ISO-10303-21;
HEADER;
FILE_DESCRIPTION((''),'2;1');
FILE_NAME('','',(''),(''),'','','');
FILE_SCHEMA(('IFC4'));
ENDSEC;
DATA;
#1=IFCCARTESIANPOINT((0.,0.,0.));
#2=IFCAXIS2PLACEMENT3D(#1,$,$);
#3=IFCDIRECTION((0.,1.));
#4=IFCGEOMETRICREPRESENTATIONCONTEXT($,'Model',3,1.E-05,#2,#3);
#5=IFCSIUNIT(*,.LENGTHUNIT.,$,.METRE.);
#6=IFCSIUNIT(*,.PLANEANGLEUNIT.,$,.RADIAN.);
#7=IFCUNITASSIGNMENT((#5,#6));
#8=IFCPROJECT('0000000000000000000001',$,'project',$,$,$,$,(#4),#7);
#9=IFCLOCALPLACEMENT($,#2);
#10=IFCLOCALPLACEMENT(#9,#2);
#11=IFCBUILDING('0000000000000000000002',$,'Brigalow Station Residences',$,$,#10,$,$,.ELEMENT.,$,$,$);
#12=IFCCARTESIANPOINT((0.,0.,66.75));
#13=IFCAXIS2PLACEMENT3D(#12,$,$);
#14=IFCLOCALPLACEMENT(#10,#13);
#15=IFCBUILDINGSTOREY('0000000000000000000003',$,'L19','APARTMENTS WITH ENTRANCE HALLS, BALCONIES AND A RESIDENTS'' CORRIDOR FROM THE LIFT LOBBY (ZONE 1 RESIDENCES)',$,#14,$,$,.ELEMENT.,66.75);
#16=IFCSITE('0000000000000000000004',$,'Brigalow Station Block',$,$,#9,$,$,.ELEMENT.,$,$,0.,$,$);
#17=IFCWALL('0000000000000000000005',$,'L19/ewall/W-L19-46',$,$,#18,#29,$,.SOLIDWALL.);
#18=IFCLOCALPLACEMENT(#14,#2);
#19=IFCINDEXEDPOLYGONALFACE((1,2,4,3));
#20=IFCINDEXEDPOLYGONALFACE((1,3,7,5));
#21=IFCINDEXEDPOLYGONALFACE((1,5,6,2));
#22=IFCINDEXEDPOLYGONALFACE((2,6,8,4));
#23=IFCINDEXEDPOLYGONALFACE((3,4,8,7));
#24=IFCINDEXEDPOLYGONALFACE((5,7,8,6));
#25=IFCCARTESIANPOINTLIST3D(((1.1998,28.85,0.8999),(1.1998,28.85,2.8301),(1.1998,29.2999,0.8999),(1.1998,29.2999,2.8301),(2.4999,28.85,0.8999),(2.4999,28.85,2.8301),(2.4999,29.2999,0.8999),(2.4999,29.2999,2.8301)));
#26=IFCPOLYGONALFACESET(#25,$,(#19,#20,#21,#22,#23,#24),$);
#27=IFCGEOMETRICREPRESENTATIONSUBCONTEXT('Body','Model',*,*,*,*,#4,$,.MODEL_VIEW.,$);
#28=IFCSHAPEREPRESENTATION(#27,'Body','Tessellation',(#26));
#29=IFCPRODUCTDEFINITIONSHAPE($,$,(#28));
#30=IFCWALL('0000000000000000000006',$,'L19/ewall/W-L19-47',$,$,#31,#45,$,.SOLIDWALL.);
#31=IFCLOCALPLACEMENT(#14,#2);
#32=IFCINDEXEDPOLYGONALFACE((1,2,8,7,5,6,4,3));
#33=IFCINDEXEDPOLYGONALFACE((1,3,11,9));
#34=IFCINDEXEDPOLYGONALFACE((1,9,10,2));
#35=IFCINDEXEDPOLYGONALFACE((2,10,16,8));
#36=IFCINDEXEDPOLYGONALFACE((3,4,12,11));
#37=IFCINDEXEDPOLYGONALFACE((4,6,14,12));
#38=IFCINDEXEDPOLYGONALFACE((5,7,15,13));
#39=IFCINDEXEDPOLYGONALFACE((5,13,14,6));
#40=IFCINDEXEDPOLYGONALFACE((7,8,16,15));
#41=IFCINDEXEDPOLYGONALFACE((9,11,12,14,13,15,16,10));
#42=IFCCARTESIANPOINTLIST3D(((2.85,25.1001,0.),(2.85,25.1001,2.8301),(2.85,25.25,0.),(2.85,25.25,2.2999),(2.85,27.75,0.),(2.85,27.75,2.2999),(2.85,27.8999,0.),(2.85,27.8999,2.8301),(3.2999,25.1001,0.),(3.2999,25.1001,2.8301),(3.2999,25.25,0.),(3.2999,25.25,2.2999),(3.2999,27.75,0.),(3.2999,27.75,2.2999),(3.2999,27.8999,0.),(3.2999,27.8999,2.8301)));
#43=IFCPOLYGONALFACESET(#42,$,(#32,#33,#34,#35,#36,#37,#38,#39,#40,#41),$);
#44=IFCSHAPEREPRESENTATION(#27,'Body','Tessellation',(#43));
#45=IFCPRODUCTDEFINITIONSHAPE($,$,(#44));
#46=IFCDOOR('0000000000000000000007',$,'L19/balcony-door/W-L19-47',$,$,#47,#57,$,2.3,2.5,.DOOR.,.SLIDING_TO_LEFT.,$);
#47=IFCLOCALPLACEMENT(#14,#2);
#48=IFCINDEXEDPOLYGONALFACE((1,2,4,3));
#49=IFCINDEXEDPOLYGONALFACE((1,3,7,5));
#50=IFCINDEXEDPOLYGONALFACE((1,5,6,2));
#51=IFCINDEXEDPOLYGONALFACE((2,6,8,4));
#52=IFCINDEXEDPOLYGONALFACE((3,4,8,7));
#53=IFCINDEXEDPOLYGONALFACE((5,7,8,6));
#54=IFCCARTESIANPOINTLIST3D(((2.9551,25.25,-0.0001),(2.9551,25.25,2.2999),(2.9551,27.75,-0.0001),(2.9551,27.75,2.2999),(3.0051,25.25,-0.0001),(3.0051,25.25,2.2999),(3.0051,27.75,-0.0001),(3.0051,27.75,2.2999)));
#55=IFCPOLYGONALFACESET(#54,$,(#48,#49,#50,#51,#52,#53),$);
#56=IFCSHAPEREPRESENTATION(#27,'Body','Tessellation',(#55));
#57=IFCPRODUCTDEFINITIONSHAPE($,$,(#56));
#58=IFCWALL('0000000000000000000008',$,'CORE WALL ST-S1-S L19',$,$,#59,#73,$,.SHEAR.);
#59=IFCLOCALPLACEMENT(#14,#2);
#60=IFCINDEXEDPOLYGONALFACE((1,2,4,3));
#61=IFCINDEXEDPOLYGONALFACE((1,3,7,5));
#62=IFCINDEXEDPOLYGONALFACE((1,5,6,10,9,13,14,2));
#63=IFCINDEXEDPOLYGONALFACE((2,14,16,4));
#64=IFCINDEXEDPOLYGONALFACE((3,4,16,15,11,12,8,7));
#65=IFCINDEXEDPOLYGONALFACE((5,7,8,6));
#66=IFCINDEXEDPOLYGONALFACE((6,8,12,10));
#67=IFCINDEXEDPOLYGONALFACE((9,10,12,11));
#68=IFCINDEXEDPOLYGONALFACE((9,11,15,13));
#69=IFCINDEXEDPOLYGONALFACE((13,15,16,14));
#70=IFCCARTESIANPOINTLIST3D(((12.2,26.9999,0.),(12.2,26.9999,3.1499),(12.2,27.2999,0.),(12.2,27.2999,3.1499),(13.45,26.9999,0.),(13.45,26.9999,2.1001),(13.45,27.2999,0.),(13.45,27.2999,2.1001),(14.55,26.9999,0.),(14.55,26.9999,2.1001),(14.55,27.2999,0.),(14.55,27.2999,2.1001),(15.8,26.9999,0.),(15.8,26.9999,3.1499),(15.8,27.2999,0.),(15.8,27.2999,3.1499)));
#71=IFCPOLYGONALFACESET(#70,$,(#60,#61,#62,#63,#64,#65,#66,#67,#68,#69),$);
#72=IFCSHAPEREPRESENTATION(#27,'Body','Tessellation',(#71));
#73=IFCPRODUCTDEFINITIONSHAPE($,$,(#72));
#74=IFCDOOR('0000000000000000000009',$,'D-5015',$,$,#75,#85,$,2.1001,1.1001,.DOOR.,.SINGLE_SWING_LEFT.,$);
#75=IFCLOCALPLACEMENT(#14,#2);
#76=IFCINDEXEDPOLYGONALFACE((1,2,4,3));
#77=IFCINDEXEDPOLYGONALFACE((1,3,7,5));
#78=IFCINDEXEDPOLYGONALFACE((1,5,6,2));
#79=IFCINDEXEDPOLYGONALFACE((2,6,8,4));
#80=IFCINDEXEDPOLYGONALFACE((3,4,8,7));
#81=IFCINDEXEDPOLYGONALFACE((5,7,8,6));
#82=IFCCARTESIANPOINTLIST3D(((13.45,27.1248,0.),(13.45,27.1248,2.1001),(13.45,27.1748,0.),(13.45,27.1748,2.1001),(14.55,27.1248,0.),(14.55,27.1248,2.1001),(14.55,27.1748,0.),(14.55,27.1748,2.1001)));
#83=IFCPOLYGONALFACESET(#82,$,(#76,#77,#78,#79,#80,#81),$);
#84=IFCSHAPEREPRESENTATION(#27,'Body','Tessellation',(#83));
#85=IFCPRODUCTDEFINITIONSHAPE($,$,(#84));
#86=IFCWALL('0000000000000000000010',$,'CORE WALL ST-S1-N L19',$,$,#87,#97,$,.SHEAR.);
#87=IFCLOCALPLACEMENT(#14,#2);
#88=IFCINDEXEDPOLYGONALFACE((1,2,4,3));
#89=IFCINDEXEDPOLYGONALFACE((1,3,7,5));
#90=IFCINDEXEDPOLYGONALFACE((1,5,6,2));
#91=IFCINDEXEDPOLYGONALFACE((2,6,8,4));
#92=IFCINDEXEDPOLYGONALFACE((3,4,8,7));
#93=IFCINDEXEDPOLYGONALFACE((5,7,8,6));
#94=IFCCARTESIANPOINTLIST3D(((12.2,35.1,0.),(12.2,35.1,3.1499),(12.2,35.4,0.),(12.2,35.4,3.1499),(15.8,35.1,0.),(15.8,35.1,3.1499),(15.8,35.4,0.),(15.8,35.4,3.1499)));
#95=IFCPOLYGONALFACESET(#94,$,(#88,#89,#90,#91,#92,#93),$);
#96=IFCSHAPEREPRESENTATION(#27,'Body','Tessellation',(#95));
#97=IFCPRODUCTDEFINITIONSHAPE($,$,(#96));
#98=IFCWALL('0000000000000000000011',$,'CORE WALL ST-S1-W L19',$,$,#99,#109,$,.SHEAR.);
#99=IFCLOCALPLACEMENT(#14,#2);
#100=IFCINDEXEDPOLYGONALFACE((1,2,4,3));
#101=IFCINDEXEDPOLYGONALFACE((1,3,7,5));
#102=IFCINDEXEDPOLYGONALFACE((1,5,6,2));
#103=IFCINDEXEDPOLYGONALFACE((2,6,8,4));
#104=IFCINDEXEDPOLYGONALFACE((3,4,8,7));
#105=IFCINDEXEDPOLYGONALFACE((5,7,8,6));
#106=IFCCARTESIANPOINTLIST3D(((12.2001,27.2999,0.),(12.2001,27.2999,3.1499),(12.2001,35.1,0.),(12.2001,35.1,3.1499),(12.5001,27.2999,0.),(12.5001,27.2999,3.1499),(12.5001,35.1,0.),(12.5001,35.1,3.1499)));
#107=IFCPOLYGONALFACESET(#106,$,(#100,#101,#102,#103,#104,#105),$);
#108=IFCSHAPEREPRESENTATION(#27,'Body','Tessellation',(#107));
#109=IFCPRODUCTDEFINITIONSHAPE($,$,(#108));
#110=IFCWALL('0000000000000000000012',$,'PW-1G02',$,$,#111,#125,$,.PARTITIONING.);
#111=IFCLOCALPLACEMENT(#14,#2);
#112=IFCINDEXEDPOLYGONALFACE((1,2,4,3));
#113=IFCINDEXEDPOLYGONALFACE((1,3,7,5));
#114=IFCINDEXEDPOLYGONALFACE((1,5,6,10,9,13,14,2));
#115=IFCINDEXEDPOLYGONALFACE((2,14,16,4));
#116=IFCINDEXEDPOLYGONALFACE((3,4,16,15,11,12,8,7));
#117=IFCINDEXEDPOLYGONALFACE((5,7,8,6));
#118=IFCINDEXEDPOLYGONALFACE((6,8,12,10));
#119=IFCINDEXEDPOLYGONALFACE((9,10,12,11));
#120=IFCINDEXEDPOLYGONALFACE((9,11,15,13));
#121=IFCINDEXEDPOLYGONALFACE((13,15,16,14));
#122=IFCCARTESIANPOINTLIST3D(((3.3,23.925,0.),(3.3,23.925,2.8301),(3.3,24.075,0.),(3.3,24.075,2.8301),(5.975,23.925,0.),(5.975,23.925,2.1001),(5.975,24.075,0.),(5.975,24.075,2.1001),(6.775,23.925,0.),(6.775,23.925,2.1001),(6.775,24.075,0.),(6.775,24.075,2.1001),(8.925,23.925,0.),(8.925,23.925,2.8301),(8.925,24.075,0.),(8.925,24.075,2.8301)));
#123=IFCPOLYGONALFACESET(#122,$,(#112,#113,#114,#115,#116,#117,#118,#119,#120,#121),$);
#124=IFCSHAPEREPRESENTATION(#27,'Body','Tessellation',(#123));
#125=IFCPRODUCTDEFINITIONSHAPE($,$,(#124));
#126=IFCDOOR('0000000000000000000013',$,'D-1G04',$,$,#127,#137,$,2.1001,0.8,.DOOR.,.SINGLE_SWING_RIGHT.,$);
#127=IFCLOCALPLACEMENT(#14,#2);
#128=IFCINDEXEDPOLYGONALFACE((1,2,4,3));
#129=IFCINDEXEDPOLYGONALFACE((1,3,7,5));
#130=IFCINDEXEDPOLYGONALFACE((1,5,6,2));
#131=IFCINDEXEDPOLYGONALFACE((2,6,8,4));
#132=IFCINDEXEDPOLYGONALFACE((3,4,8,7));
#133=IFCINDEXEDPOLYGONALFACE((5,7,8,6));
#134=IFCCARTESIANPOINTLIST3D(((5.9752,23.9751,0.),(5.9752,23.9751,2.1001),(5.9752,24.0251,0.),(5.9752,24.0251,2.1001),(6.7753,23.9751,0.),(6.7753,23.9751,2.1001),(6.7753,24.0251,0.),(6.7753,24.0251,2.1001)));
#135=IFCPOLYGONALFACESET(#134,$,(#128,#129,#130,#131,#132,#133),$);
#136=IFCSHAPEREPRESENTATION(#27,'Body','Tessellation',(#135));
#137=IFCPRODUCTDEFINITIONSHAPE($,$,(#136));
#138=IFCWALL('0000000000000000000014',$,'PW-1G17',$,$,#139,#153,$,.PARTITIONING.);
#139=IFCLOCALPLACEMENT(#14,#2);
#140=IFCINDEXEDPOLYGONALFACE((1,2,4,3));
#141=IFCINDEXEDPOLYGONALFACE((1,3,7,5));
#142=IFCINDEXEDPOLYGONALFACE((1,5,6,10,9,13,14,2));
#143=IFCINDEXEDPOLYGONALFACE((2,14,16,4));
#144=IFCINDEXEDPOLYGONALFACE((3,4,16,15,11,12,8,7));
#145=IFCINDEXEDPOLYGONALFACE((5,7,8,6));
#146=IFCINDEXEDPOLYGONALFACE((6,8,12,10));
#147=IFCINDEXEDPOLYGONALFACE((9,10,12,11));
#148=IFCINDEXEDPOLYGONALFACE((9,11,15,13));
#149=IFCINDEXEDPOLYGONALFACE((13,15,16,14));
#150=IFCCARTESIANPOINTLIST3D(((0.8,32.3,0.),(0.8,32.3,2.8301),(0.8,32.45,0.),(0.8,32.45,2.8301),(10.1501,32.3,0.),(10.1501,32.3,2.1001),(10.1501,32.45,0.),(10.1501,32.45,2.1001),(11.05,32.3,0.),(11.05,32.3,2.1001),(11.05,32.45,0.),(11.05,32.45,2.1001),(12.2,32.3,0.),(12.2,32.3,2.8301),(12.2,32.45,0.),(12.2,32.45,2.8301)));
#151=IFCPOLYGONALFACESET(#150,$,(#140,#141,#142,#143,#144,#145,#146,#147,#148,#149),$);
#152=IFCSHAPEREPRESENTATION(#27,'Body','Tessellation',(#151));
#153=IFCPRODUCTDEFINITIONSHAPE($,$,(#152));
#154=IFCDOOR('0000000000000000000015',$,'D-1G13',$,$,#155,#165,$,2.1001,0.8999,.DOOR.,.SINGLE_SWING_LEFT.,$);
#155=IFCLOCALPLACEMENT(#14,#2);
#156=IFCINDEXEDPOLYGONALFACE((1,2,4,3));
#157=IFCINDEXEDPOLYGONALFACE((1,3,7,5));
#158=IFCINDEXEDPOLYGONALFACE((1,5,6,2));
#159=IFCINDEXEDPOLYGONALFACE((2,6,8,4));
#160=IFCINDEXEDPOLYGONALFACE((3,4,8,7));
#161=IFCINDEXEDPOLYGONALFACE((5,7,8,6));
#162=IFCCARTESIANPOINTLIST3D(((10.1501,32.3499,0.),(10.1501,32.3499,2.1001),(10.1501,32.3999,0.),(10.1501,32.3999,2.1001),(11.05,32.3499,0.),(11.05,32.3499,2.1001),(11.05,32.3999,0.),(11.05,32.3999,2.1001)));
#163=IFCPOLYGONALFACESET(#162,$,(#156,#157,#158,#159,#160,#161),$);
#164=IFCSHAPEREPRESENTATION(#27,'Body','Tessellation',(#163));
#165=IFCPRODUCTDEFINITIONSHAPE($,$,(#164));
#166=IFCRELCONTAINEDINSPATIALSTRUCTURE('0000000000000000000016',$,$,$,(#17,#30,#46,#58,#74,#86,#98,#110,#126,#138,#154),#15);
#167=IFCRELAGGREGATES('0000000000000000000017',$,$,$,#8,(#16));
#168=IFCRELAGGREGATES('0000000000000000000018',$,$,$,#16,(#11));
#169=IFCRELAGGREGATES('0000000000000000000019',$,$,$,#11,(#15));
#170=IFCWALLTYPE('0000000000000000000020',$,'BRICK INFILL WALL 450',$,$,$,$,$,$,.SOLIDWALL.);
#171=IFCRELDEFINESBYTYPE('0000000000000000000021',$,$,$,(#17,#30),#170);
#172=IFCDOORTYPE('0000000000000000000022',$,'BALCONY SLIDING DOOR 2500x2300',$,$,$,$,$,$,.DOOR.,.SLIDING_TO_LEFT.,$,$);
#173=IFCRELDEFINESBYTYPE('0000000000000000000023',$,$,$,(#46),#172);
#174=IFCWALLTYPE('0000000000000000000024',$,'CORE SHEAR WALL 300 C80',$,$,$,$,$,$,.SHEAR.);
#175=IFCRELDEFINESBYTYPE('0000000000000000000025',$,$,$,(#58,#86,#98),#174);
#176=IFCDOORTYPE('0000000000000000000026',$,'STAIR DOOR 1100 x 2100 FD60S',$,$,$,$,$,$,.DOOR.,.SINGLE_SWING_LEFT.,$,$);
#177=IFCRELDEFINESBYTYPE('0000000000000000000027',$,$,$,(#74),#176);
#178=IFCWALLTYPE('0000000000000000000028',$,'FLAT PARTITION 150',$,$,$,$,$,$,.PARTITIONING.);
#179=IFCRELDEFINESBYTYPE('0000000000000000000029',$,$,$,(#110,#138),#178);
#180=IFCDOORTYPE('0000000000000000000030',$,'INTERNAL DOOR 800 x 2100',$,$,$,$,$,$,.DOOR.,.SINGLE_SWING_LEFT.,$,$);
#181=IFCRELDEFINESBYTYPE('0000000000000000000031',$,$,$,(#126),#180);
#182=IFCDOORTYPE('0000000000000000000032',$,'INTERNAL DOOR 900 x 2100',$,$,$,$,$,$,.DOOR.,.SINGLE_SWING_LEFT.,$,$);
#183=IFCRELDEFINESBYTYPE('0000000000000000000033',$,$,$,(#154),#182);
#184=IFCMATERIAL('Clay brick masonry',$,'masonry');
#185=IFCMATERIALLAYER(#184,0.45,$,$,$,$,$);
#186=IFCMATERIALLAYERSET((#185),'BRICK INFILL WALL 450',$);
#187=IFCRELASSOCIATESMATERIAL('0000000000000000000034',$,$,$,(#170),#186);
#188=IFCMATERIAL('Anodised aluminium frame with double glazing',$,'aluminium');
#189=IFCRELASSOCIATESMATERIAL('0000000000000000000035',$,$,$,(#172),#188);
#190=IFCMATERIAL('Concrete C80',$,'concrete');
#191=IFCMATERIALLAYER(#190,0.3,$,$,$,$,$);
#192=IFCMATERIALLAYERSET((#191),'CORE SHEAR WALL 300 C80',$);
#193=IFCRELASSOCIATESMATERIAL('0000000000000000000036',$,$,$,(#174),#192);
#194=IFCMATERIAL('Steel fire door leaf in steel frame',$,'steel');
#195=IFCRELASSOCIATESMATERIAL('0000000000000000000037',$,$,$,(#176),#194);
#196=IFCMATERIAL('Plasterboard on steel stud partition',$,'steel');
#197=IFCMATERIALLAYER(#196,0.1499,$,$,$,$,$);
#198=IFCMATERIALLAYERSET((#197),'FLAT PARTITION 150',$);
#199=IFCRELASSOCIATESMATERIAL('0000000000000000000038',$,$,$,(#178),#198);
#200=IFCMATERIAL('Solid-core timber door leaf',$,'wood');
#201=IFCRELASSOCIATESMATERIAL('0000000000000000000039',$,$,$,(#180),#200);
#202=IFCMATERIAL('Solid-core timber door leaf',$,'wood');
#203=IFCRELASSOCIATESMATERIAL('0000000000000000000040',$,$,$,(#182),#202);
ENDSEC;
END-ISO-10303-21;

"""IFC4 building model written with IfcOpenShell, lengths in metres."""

from ifc_helpers import new_model, si_unit, direction, frame, frame_2d, origin, place, context, subcontext, project, spatial, rectangle, extrude, material, layer, layer_set, type_object, element, fill, save


model = new_model("IFC4")

# Units and contexts
model_context = context("Model", 3, precision=1e-05, world=origin(), true_north=direction((0.0, 1.0)))
body_context = subcontext(model_context, "Body", "Model", "MODEL_VIEW")
ifc_project = project(units=[si_unit("LENGTHUNIT", "METRE"), si_unit("PLANEANGLEUNIT", "RADIAN")], contexts=[model_context])

# Site, building, storey
site_placement = place(None, origin())
site = spatial("IfcSite", under=ifc_project, at=site_placement, Name="Brigalow Station Block", CompositionType="ELEMENT", RefElevation=0.0)
building_placement = place(site_placement, origin())
building = spatial("IfcBuilding", under=site, at=building_placement, Name="Brigalow Station Residences", CompositionType="ELEMENT")
storey_placement = place(building_placement, frame((0.0, 0.0, 66.75)))
storey = spatial("IfcBuildingStorey", under=building, at=storey_placement, Name="L19", Description="APARTMENTS WITH ENTRANCE HALLS, BALCONIES AND A RESIDENTS' CORRIDOR FROM THE LIFT LOBBY (ZONE 1 RESIDENCES)", CompositionType="ELEMENT", Elevation=66.75)

# Shared definitions
ifc_material_1 = material(Name="Clay brick masonry", Category="masonry")
ifc_layer_1 = layer(ifc_material_1, 0.45)
ifc_layer_set_1 = layer_set([ifc_layer_1], Name="BRICK INFILL WALL 450")
wall_type_1 = type_object("IfcWallType", Name="BRICK INFILL WALL 450", PredefinedType="SOLIDWALL", material=ifc_layer_set_1)

# Wall
wall_1_placement = place(storey_placement, frame((1.2, 29.075, 0.8999), z_axis=(0.0, 0.0, 1.0), x_axis=(1.0, 0.0, 0.0)))
element("IfcWall", 1, at=wall_1_placement, inside=storey, type_object=wall_type_1, Name="L19/ewall/W-L19-46", PredefinedType="SOLIDWALL", context=body_context, shape_type="SweptSolid", body=[
    extrude(rectangle(XDim=1.3, YDim=0.45, at=frame_2d((0.6499, 0.0))), origin(), (0.0, 0.0, 1.0), 1.9302),
])

# Walls, openings, doors
wall_2_placement = place(storey_placement, frame((3.075, 27.8999, 0.0), z_axis=(0.0, 0.0, 1.0), x_axis=(0.0, -1.0, 0.0)))
wall_2 = element("IfcWall", 2, at=wall_2_placement, inside=storey, type_object=wall_type_1, Name="L19/ewall/W-L19-47", PredefinedType="SOLIDWALL", context=body_context, shape_type="SweptSolid", body=[
    extrude(rectangle(XDim=2.7998, YDim=0.45, at=frame_2d((1.3999, 0.0))), origin(), (0.0, 0.0, 1.0), 2.8301),
])
opening_1_placement = place(wall_2_placement, frame((0.1499, 0.0, 0.0)))
opening_1 = element("IfcOpeningElement", 3, at=opening_1_placement, cuts=wall_2, PredefinedType="OPENING", context=body_context, shape_type="SweptSolid", body=[
    extrude(rectangle(XDim=2.5, YDim=2.3, at=frame_2d((1.25, 1.1499))), frame((0.0, 0.2349, 0.0), z_axis=(0.0, -1.0, 0.0), x_axis=(1.0, 0.0, 0.0)), (0.0, 0.0, 1.0), 0.47),
])
ifc_material_2 = material(Name="Anodised aluminium frame with double glazing", Category="aluminium")
door_type_1 = type_object("IfcDoorType", Name="BALCONY SLIDING DOOR 2500x2300", OperationType="SLIDING_TO_LEFT", PredefinedType="DOOR", material=ifc_material_2)
door_1_placement = place(opening_1_placement, origin())
door_1 = element("IfcDoor", 4, at=door_1_placement, inside=storey, type_object=door_type_1, Name="L19/balcony-door/W-L19-47", OperationType="SLIDING_TO_LEFT", OverallHeight=2.3, OverallWidth=2.5, PredefinedType="DOOR", context=body_context, shape_type="SweptSolid", body=[
    extrude(rectangle(XDim=2.5, YDim=2.3, at=frame_2d((1.25, 1.1499))), frame((0.0, -0.0698, 0.0), z_axis=(0.0, -1.0, 0.0), x_axis=(1.0, 0.0, 0.0)), (0.0, 0.0, 1.0), 0.05),
])
fill(opening_1, door_1)
ifc_material_3 = material(Name="Concrete C80", Category="concrete")
ifc_layer_2 = layer(ifc_material_3, 0.3)
ifc_layer_set_2 = layer_set([ifc_layer_2], Name="CORE SHEAR WALL 300 C80")
wall_type_2 = type_object("IfcWallType", Name="CORE SHEAR WALL 300 C80", PredefinedType="SHEAR", material=ifc_layer_set_2)
wall_3_placement = place(storey_placement, frame((12.2, 27.1499, 0.0), z_axis=(0.0, 0.0, 1.0), x_axis=(1.0, 0.0, 0.0)))
wall_3 = element("IfcWall", 5, at=wall_3_placement, inside=storey, type_object=wall_type_2, Name="CORE WALL ST-S1-S L19", PredefinedType="SHEAR", context=body_context, shape_type="SweptSolid", body=[
    extrude(rectangle(XDim=3.6001, YDim=0.3, at=frame_2d((1.8, 0.0))), origin(), (0.0, 0.0, 1.0), 3.1499),
])
opening_2_placement = place(wall_3_placement, frame((1.25, 0.0, 0.0)))
opening_2 = element("IfcOpeningElement", 6, at=opening_2_placement, cuts=wall_3, PredefinedType="OPENING", context=body_context, shape_type="SweptSolid", body=[
    extrude(rectangle(XDim=1.1001, YDim=2.1001, at=frame_2d((0.55, 1.05))), frame((0.0, 0.1602, 0.0), z_axis=(0.0, -1.0, 0.0), x_axis=(1.0, 0.0, 0.0)), (0.0, 0.0, 1.0), 0.3201),
])
ifc_material_4 = material(Name="Steel fire door leaf in steel frame", Category="steel")
door_type_2 = type_object("IfcDoorType", Name="STAIR DOOR 1100 x 2100 FD60S", OperationType="SINGLE_SWING_LEFT", PredefinedType="DOOR", material=ifc_material_4)
door_2_placement = place(opening_2_placement, origin())
door_2 = element("IfcDoor", 7, at=door_2_placement, inside=storey, type_object=door_type_2, Name="D-5015", OperationType="SINGLE_SWING_LEFT", OverallHeight=2.1001, OverallWidth=1.1001, PredefinedType="DOOR", context=body_context, shape_type="SweptSolid", body=[
    extrude(rectangle(XDim=1.1001, YDim=2.1001, at=frame_2d((0.55, 1.05))), frame((0.0, 0.0249, 0.0), z_axis=(0.0, -1.0, 0.0), x_axis=(1.0, 0.0, 0.0)), (0.0, 0.0, 1.0), 0.05),
])
fill(opening_2, door_2)

# Walls
wall_4_placement = place(storey_placement, frame((12.2, 35.25, 0.0), z_axis=(0.0, 0.0, 1.0), x_axis=(1.0, 0.0, 0.0)))
element("IfcWall", 8, at=wall_4_placement, inside=storey, type_object=wall_type_2, Name="CORE WALL ST-S1-N L19", PredefinedType="SHEAR", context=body_context, shape_type="SweptSolid", body=[
    extrude(rectangle(XDim=3.6001, YDim=0.3, at=frame_2d((1.8, 0.0))), origin(), (0.0, 0.0, 1.0), 3.1499),
])
wall_5_placement = place(storey_placement, frame((12.3501, 27.3, 0.0), z_axis=(0.0, 0.0, 1.0), x_axis=(0.0, 1.0, 0.0)))
element("IfcWall", 9, at=wall_5_placement, inside=storey, type_object=wall_type_2, Name="CORE WALL ST-S1-W L19", PredefinedType="SHEAR", context=body_context, shape_type="SweptSolid", body=[
    extrude(rectangle(XDim=7.8, YDim=0.3, at=frame_2d((3.8999, 0.0))), origin(), (0.0, 0.0, 1.0), 3.1499),
])

# Walls, openings, doors
ifc_material_5 = material(Name="Plasterboard on steel stud partition", Category="steel")
ifc_layer_3 = layer(ifc_material_5, 0.1499)
ifc_layer_set_3 = layer_set([ifc_layer_3], Name="FLAT PARTITION 150")
wall_type_3 = type_object("IfcWallType", Name="FLAT PARTITION 150", PredefinedType="PARTITIONING", material=ifc_layer_set_3)
wall_6_placement = place(storey_placement, frame((3.3, 24.0, 0.0), z_axis=(0.0, 0.0, 1.0), x_axis=(1.0, 0.0, 0.0)))
wall_6 = element("IfcWall", 10, at=wall_6_placement, inside=storey, type_object=wall_type_3, Name="PW-1G02", PredefinedType="PARTITIONING", context=body_context, shape_type="SweptSolid", body=[
    extrude(rectangle(XDim=5.625, YDim=0.1499, at=frame_2d((2.8125, 0.0))), origin(), (0.0, 0.0, 1.0), 2.8301),
])
opening_3_placement = place(wall_6_placement, frame((2.675, 0.0, 0.0)))
opening_3 = element("IfcOpeningElement", 11, at=opening_3_placement, cuts=wall_6, PredefinedType="OPENING", context=body_context, shape_type="SweptSolid", body=[
    extrude(rectangle(XDim=0.8, YDim=2.1001, at=frame_2d((0.3999, 1.05))), frame((0.0, 0.085, 0.0), z_axis=(0.0, -1.0, 0.0), x_axis=(1.0, 0.0, 0.0)), (0.0, 0.0, 1.0), 0.1699),
])
ifc_material_6 = material(Name="Solid-core timber door leaf", Category="wood")
door_type_3 = type_object("IfcDoorType", Name="INTERNAL DOOR 800 x 2100", OperationType="SINGLE_SWING_LEFT", PredefinedType="DOOR", material=ifc_material_6)
door_3_placement = place(opening_3_placement, frame((0.8, 0.0, 0.0), z_axis=(0.0, 0.0, 1.0), x_axis=(-1.0, 0.0, 0.0)))
door_3 = element("IfcDoor", 12, at=door_3_placement, inside=storey, type_object=door_type_3, Name="D-1G04", OperationType="SINGLE_SWING_RIGHT", OverallHeight=2.1001, OverallWidth=0.8, PredefinedType="DOOR", context=body_context, shape_type="SweptSolid", body=[
    extrude(rectangle(XDim=0.8, YDim=2.1001, at=frame_2d((0.3999, 1.05))), frame((0.0, 0.0249, 0.0), z_axis=(0.0, -1.0, 0.0), x_axis=(1.0, 0.0, 0.0)), (0.0, 0.0, 1.0), 0.05),
])
fill(opening_3, door_3)
wall_7_placement = place(storey_placement, frame((0.8, 32.375, 0.0), z_axis=(0.0, 0.0, 1.0), x_axis=(1.0, 0.0, 0.0)))
wall_7 = element("IfcWall", 13, at=wall_7_placement, inside=storey, type_object=wall_type_3, Name="PW-1G17", PredefinedType="PARTITIONING", context=body_context, shape_type="SweptSolid", body=[
    extrude(rectangle(XDim=11.3999, YDim=0.1499, at=frame_2d((5.7, 0.0))), origin(), (0.0, 0.0, 1.0), 2.8301),
])
opening_4_placement = place(wall_7_placement, frame((9.3501, 0.0, 0.0)))
opening_4 = element("IfcOpeningElement", 14, at=opening_4_placement, cuts=wall_7, PredefinedType="OPENING", context=body_context, shape_type="SweptSolid", body=[
    extrude(rectangle(XDim=0.8999, YDim=2.1001, at=frame_2d((0.45, 1.05))), frame((0.0, 0.085, 0.0), z_axis=(0.0, -1.0, 0.0), x_axis=(1.0, 0.0, 0.0)), (0.0, 0.0, 1.0), 0.1699),
])
ifc_material_7 = material(Name="Solid-core timber door leaf", Category="wood")
door_type_4 = type_object("IfcDoorType", Name="INTERNAL DOOR 900 x 2100", OperationType="SINGLE_SWING_LEFT", PredefinedType="DOOR", material=ifc_material_7)
door_4_placement = place(opening_4_placement, origin())
door_4 = element("IfcDoor", 15, at=door_4_placement, inside=storey, type_object=door_type_4, Name="D-1G13", OperationType="SINGLE_SWING_LEFT", OverallHeight=2.1001, OverallWidth=0.8999, PredefinedType="DOOR", context=body_context, shape_type="SweptSolid", body=[
    extrude(rectangle(XDim=0.8999, YDim=2.1001, at=frame_2d((0.45, 1.05))), frame((0.0, 0.0249, 0.0), z_axis=(0.0, -1.0, 0.0), x_axis=(1.0, 0.0, 0.0)), (0.0, 0.0, 1.0), 0.05),
])
fill(opening_4, door_4)

save(model, "model.ifc")
